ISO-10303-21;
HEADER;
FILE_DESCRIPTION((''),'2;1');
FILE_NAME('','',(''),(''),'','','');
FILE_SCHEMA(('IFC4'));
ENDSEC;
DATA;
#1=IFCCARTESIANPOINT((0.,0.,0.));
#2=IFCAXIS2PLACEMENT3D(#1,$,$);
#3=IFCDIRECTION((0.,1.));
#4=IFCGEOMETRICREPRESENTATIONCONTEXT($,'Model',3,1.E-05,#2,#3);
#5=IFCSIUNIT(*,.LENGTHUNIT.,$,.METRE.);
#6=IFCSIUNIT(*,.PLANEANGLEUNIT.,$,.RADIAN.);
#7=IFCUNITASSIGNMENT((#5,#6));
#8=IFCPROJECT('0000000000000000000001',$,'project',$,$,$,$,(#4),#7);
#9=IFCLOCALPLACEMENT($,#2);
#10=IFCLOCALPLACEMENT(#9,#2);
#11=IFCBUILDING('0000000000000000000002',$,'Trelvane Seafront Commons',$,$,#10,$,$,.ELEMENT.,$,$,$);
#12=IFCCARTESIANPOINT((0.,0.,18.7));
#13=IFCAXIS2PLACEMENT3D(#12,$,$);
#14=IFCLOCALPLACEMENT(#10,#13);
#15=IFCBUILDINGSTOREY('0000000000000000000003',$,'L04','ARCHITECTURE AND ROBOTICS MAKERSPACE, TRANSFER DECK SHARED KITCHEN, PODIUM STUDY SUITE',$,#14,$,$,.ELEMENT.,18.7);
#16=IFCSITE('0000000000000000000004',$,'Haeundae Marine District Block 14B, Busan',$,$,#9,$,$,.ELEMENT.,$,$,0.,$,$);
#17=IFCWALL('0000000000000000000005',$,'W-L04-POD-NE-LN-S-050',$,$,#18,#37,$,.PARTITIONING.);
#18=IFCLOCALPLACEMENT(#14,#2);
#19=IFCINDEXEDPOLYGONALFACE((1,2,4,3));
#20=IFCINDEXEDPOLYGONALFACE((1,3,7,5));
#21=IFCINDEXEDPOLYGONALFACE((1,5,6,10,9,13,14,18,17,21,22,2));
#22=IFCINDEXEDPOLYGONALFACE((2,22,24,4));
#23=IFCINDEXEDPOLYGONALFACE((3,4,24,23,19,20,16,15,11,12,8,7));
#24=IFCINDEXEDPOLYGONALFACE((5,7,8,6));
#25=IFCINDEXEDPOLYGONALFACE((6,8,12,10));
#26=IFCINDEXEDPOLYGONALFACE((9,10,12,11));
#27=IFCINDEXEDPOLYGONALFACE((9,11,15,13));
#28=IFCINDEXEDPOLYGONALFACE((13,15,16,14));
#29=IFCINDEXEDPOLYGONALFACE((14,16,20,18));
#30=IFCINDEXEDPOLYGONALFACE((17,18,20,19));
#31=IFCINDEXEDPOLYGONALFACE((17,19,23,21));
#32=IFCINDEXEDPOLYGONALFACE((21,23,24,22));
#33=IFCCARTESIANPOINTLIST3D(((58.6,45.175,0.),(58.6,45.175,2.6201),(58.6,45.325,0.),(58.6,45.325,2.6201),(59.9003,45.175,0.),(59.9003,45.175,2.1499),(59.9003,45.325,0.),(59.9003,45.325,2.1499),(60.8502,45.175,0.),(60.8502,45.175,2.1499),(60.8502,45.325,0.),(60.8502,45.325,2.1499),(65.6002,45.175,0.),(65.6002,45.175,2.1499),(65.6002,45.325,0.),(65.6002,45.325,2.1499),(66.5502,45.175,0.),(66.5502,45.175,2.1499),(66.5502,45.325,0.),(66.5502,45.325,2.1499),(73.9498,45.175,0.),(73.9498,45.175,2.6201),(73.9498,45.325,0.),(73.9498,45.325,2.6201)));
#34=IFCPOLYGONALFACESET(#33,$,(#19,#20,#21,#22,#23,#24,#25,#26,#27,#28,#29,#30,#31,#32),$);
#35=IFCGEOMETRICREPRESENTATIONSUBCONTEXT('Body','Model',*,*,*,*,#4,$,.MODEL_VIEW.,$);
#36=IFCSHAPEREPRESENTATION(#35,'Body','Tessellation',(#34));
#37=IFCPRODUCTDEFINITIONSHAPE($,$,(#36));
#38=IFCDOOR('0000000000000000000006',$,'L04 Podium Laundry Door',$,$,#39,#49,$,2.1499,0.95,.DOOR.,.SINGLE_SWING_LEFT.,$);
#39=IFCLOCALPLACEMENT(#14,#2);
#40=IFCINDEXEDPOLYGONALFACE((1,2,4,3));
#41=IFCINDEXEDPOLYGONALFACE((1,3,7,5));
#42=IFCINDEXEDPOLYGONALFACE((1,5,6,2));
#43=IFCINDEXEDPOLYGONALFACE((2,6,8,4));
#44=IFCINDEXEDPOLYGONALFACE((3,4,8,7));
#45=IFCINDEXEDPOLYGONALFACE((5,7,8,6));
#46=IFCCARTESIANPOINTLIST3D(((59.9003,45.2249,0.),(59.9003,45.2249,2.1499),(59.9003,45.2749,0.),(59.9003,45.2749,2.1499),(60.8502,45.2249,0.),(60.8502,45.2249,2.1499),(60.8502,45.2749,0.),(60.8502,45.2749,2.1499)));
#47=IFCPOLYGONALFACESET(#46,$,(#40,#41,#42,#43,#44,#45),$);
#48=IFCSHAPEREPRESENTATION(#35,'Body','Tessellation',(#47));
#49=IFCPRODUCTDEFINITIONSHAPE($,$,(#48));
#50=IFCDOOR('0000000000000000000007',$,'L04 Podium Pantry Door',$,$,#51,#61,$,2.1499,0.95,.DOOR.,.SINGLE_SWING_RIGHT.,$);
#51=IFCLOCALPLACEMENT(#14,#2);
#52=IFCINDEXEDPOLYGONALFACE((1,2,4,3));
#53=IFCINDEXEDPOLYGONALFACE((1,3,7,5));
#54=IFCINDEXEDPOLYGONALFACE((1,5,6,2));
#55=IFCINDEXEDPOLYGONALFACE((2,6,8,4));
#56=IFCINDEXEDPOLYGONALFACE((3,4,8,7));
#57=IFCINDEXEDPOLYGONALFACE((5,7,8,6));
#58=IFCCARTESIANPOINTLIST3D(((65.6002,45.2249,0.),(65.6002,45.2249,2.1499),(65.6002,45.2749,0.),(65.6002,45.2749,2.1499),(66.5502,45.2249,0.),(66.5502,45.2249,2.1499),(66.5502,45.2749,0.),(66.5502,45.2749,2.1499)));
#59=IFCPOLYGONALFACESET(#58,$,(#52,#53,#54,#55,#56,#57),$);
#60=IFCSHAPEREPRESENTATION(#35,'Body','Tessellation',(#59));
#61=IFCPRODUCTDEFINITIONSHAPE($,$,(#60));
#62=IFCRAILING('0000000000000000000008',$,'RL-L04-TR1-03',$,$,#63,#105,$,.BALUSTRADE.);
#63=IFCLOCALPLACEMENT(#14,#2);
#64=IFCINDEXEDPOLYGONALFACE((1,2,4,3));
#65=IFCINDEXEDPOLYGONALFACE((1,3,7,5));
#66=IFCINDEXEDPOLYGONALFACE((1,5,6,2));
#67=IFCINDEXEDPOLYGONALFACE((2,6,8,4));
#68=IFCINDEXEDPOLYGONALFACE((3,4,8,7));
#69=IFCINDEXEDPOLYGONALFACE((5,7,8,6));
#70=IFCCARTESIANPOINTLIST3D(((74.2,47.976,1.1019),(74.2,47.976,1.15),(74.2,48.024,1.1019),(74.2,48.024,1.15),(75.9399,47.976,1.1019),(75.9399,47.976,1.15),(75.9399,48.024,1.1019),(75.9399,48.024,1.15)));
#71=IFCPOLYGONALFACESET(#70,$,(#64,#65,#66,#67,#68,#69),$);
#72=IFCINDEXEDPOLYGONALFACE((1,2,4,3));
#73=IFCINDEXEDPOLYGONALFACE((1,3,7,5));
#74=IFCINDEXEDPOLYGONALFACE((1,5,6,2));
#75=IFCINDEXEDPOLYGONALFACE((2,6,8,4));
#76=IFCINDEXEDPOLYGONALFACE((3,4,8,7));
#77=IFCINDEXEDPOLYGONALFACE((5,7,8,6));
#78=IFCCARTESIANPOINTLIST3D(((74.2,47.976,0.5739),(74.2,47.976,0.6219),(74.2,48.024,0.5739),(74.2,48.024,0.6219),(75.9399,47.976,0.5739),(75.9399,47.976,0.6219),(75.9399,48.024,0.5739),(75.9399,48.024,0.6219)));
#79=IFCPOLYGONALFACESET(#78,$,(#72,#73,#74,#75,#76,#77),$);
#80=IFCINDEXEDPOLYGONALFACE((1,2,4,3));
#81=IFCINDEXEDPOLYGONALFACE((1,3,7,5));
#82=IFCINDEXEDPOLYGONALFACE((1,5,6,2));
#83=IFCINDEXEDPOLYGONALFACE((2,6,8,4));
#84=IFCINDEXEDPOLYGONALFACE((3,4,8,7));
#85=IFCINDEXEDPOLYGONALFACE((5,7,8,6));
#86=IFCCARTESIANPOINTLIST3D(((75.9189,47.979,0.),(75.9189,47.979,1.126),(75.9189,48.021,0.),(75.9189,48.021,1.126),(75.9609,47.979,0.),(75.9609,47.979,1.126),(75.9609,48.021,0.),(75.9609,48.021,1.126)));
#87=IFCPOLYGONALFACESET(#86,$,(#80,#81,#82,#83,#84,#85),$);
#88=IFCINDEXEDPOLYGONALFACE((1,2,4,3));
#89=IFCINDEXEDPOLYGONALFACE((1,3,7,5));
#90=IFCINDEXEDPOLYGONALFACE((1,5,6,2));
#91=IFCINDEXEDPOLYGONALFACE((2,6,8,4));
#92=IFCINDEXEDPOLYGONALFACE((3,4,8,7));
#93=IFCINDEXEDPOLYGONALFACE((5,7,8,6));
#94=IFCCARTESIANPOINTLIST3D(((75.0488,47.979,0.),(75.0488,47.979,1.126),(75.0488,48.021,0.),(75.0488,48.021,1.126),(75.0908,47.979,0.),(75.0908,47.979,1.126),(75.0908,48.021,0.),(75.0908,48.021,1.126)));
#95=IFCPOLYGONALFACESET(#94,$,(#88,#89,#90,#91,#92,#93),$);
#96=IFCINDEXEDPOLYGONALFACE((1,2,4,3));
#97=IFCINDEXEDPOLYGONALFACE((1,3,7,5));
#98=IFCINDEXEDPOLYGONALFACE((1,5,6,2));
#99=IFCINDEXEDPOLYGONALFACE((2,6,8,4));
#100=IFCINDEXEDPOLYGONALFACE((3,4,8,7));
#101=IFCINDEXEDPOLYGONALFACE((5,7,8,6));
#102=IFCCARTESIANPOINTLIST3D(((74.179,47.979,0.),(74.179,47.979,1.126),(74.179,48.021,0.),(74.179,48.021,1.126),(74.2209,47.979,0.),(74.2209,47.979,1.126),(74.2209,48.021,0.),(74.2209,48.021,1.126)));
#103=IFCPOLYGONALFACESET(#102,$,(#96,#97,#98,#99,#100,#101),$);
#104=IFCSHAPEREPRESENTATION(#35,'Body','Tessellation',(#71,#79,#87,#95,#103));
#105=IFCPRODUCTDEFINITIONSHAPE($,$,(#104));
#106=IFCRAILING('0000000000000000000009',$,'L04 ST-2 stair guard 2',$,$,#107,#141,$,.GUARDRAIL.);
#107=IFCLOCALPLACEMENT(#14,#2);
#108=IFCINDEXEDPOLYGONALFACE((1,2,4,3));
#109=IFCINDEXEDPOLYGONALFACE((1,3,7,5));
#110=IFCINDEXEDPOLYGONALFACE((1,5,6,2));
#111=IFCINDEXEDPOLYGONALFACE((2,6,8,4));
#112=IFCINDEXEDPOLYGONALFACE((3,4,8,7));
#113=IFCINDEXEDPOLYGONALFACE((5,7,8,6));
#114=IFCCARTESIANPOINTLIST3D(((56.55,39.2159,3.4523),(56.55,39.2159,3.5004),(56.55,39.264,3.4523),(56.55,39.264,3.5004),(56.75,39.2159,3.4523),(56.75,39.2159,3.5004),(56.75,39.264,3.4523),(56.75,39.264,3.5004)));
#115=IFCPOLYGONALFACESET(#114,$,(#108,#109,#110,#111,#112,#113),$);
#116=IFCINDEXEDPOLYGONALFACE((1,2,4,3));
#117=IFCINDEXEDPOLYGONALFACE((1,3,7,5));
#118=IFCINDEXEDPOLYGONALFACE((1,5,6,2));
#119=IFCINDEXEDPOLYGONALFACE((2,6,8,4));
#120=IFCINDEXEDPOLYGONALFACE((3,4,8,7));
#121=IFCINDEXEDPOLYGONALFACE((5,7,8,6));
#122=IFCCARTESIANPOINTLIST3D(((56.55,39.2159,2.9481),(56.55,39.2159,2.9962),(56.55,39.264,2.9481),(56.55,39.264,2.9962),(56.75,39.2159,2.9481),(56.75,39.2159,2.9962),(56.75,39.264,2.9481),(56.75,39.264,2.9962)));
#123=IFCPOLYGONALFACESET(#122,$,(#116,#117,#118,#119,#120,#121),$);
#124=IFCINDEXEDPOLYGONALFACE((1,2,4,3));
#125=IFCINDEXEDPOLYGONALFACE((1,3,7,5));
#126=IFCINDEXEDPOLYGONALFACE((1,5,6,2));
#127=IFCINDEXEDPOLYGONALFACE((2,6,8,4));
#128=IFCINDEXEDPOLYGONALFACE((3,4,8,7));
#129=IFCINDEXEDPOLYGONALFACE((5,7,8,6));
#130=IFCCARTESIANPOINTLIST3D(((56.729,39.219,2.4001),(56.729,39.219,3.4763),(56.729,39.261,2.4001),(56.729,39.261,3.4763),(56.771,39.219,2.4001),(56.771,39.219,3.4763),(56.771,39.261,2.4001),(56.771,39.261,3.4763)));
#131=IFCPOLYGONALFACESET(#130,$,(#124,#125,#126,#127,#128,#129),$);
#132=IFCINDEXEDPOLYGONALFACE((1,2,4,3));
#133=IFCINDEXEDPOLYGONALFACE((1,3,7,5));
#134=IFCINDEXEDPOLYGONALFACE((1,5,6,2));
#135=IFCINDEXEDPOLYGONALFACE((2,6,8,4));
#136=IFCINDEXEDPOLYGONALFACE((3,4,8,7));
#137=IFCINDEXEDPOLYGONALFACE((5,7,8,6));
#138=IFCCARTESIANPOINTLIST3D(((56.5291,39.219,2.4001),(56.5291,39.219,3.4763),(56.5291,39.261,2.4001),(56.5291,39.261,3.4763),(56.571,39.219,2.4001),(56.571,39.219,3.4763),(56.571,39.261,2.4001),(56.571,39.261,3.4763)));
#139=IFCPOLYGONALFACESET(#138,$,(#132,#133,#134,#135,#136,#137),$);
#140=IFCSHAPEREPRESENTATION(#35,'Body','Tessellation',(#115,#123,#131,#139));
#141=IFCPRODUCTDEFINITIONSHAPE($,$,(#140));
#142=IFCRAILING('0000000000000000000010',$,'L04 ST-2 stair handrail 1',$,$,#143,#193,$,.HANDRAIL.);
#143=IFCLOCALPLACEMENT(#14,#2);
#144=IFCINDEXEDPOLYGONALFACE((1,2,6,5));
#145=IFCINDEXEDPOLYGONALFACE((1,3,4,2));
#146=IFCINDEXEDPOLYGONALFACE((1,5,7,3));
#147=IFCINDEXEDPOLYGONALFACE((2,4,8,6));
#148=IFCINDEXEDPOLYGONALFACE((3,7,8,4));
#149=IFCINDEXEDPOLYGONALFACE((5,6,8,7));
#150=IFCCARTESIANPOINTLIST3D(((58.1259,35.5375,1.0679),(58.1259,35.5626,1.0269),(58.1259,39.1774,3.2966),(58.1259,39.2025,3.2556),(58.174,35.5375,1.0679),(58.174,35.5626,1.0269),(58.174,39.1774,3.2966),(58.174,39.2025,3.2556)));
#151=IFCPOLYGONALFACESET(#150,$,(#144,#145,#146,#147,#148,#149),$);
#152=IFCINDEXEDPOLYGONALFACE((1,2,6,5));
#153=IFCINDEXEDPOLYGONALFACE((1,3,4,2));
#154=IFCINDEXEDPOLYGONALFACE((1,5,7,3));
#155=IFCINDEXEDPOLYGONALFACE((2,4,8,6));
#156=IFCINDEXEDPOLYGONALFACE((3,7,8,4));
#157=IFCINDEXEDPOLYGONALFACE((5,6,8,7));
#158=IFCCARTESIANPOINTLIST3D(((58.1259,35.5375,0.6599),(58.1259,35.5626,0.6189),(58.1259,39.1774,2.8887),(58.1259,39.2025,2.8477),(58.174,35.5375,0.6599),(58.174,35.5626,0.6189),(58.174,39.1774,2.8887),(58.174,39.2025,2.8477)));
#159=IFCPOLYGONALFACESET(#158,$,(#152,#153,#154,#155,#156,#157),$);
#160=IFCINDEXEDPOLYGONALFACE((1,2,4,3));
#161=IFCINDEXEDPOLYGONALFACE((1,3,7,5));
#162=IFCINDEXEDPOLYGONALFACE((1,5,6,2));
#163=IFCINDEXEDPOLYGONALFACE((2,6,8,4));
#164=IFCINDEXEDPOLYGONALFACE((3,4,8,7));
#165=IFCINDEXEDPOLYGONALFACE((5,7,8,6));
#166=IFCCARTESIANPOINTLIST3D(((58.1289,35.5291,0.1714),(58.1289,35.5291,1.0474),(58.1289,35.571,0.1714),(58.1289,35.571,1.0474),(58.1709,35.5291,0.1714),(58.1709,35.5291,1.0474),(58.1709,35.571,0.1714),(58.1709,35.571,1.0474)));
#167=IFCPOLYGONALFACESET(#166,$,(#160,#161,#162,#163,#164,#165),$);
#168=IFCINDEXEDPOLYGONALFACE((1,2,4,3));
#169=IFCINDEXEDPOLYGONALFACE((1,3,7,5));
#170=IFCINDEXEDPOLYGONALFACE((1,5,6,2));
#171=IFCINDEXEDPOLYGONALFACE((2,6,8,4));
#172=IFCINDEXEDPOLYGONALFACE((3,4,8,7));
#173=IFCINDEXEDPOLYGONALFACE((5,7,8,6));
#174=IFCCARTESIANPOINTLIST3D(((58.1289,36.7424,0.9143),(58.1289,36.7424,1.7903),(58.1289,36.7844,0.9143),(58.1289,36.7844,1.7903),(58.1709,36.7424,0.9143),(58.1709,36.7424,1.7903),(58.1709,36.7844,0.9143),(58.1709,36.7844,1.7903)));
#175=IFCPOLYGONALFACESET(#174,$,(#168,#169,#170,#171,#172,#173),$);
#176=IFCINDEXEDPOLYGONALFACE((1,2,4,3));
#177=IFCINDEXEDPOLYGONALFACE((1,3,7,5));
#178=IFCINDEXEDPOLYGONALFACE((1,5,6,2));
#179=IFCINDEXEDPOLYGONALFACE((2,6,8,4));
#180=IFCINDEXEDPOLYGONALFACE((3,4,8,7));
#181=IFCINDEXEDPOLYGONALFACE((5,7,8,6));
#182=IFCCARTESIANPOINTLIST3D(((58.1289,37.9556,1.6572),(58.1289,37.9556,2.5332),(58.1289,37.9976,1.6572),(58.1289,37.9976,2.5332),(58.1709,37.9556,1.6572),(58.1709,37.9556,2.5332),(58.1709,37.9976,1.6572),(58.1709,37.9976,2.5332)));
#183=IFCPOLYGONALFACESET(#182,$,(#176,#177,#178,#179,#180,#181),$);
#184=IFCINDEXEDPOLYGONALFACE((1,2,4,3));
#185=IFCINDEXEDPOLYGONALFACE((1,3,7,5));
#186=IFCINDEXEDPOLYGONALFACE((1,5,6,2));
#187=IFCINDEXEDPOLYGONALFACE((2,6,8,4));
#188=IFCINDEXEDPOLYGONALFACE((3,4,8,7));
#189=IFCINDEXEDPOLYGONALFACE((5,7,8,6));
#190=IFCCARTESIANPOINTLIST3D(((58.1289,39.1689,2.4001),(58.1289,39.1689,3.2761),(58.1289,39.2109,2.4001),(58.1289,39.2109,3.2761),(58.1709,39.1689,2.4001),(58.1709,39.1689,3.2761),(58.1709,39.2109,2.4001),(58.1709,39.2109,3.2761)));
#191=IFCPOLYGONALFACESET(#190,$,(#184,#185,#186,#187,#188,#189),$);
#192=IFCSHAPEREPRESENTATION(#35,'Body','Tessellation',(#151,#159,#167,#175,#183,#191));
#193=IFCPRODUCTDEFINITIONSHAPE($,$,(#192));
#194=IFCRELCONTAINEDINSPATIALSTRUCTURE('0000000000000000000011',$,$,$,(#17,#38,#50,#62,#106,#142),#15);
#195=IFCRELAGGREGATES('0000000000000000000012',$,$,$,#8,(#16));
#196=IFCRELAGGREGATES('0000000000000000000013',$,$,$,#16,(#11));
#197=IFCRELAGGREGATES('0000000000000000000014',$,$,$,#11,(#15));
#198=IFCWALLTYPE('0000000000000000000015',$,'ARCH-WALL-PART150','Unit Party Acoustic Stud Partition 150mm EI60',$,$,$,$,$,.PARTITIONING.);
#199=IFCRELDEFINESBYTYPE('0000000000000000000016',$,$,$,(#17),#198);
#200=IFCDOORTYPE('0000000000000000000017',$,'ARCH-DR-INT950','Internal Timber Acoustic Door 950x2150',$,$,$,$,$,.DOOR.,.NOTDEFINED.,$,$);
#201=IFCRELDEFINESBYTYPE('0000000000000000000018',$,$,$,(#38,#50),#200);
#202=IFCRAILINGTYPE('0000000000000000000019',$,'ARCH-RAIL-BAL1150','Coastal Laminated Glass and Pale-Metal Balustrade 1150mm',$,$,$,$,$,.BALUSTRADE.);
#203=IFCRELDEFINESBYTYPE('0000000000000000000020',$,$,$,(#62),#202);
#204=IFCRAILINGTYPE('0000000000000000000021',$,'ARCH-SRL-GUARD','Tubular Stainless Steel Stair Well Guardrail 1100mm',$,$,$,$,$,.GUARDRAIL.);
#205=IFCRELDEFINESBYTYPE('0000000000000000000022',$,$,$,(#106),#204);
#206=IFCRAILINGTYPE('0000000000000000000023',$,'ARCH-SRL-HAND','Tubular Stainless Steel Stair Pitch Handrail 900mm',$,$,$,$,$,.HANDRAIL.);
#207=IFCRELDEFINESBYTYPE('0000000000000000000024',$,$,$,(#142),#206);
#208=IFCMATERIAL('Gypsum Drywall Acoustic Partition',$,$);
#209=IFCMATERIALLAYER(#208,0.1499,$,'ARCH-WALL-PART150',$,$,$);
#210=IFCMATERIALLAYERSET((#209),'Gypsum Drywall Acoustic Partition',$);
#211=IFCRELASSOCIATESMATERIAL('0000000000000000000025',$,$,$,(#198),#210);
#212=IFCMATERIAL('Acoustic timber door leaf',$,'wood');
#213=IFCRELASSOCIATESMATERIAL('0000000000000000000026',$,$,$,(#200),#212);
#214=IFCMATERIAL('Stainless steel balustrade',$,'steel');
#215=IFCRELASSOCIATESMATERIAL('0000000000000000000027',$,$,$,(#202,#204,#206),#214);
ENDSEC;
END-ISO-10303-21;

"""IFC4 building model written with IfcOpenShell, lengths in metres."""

from ifc_helpers import new_model, si_unit, direction, frame, frame_2d, origin, origin_2d, place, context, subcontext, project, spatial, rectangle, extrude, source, transform, mapped, material, layer, layer_set, type_object, element, fill, save


model = new_model("IFC4")

# Units and contexts
model_context = context("Model", 3, precision=1e-05, world=origin(), true_north=direction((0.0, 1.0)))
body_context = subcontext(model_context, "Body", "Model", "MODEL_VIEW")
ifc_project = project(units=[si_unit("LENGTHUNIT", "METRE"), si_unit("PLANEANGLEUNIT", "RADIAN")], contexts=[model_context])

# Site, building, storey
site_placement = place(None, origin())
site = spatial("IfcSite", under=ifc_project, at=site_placement, Name="Haeundae Marine District Block 14B, Busan", CompositionType="ELEMENT", RefElevation=0.0)
building_placement = place(site_placement, origin())
building = spatial("IfcBuilding", under=site, at=building_placement, Name="Trelvane Seafront Commons", CompositionType="ELEMENT")
storey_placement = place(building_placement, frame((0.0, 0.0, 18.7)))
storey = spatial("IfcBuildingStorey", under=building, at=storey_placement, Name="L04", Description="ARCHITECTURE AND ROBOTICS MAKERSPACE, TRANSFER DECK SHARED KITCHEN, PODIUM STUDY SUITE", CompositionType="ELEMENT", Elevation=18.7)

# Shared definitions
ifc_material_1 = material(Name="Gypsum Drywall Acoustic Partition")

# Wall, openings, doors
ifc_layer_1 = layer(ifc_material_1, 0.1499, Name="ARCH-WALL-PART150")
ifc_layer_set_1 = layer_set([ifc_layer_1], Name="Gypsum Drywall Acoustic Partition")
wall_type_1 = type_object("IfcWallType", Name="ARCH-WALL-PART150", Description="Unit Party Acoustic Stud Partition 150mm EI60", PredefinedType="PARTITIONING", material=ifc_layer_set_1)
wall_1_placement = place(storey_placement, frame((58.6001, 45.25, 0.0), z_axis=(0.0, 0.0, 1.0), x_axis=(1.0, 0.0, 0.0)))
wall_1 = element("IfcWall", 1, at=wall_1_placement, inside=storey, type_object=wall_type_1, Name="W-L04-POD-NE-LN-S-050", PredefinedType="PARTITIONING", context=body_context, shape_type="SweptSolid", body=[
    extrude(rectangle(XDim=15.3499, YDim=0.1499, at=frame_2d((7.6748, 0.0))), origin(), (0.0, 0.0, 1.0), 2.6201),
])
opening_1_placement = place(wall_1_placement, frame((1.3, 0.0, 0.0)))
opening_1 = element("IfcOpeningElement", 2, at=opening_1_placement, cuts=wall_1, PredefinedType="OPENING", context=body_context, shape_type="SweptSolid", body=[
    extrude(rectangle(XDim=0.95, YDim=2.1499, at=frame_2d((0.4751, 1.075))), frame((0.0, 0.085, 0.0), z_axis=(0.0, -1.0, 0.0), x_axis=(1.0, 0.0, 0.0)), (0.0, 0.0, 1.0), 0.1699),
])
opening_2_placement = place(wall_1_placement, frame((7.0, 0.0, 0.0)))
opening_2 = element("IfcOpeningElement", 3, at=opening_2_placement, cuts=wall_1, PredefinedType="OPENING", context=body_context, shape_type="SweptSolid", body=[
    extrude(rectangle(XDim=0.95, YDim=2.1499, at=frame_2d((0.4751, 1.075))), frame((0.0, 0.085, 0.0), z_axis=(0.0, -1.0, 0.0), x_axis=(1.0, 0.0, 0.0)), (0.0, 0.0, 1.0), 0.1699),
])
ifc_material_2 = material(Name="Acoustic timber door leaf", Category="wood")
door_type_1 = type_object("IfcDoorType", Name="ARCH-DR-INT950", Description="Internal Timber Acoustic Door 950x2150", OperationType="NOTDEFINED", PredefinedType="DOOR", material=ifc_material_2)
shared_shape_1 = source(origin(), body_context, "Body", "SweptSolid", [
    extrude(rectangle(XDim=0.95, YDim=2.1499, at=frame_2d((0.4751, 1.075))), frame((0.0, 0.0249, 0.0), z_axis=(0.0, -1.0, 0.0), x_axis=(1.0, 0.0, 0.0)), (0.0, 0.0, 1.0), 0.05),
])
door_1_placement = place(opening_1_placement, origin())
door_1 = element("IfcDoor", 4, at=door_1_placement, inside=storey, type_object=door_type_1, Name="L04 Podium Laundry Door", OperationType="SINGLE_SWING_LEFT", OverallHeight=2.1499, OverallWidth=0.95, PredefinedType="DOOR", context=body_context, shape_type="MappedRepresentation", body=[
    mapped(shared_shape_1, transform((0.0, 0.0, 0.0), x_axis=(1.0, 0.0, 0.0), y_axis=(0.0, 1.0, 0.0), z_axis=(0.0, 0.0, 1.0), scale=1.0)),
])
fill(opening_1, door_1)
door_2_placement = place(opening_2_placement, origin())
door_2 = element("IfcDoor", 5, at=door_2_placement, inside=storey, type_object=door_type_1, Name="L04 Podium Pantry Door", OperationType="SINGLE_SWING_RIGHT", OverallHeight=2.1499, OverallWidth=0.95, PredefinedType="DOOR", context=body_context, shape_type="MappedRepresentation", body=[
    mapped(shared_shape_1, transform((0.0, 0.0, 0.0), x_axis=(1.0, 0.0, 0.0), y_axis=(0.0, 1.0, 0.0), z_axis=(0.0, 0.0, 1.0), scale=1.0)),
])
fill(opening_2, door_2)

# Railings
ifc_material_3 = material(Name="Stainless steel balustrade", Category="steel")
railing_type_1 = type_object("IfcRailingType", Name="ARCH-RAIL-BAL1150", Description="Coastal Laminated Glass and Pale-Metal Balustrade 1150mm", PredefinedType="BALUSTRADE", material=ifc_material_3)
railing_1_placement = place(storey_placement, frame((75.9399, 48.0, 0.0)))
element("IfcRailing", 6, at=railing_1_placement, inside=storey, type_object=railing_type_1, Name="RL-L04-TR1-03", PredefinedType="BALUSTRADE", context=body_context, shape_type="SweptSolid", body=[
    extrude(rectangle(XDim=0.0481, YDim=0.0481, at=origin_2d()), frame((0.0, 0.0, 1.126), z_axis=(-1.0, 0.0, 0.0), x_axis=(0.0, -1.0, 0.0)), (0.0, 0.0, 1.0), 1.74),
    extrude(rectangle(XDim=0.0481, YDim=0.0481, at=origin_2d()), frame((0.0, 0.0, 0.5979), z_axis=(-1.0, 0.0, 0.0), x_axis=(0.0, -1.0, 0.0)), (0.0, 0.0, 1.0), 1.74),
    extrude(rectangle(XDim=0.042, YDim=0.042, at=origin_2d()), origin(), (0.0, 0.0, 1.0), 1.126),
    extrude(rectangle(XDim=0.042, YDim=0.042, at=origin_2d()), frame((-0.8701, 0.0, 0.0)), (0.0, 0.0, 1.0), 1.126),
    extrude(rectangle(XDim=0.042, YDim=0.042, at=origin_2d()), frame((-1.74, 0.0, 0.0)), (0.0, 0.0, 1.0), 1.126),
])
railing_type_2 = type_object("IfcRailingType", Name="ARCH-SRL-GUARD", Description="Tubular Stainless Steel Stair Well Guardrail 1100mm", PredefinedType="GUARDRAIL", material=ifc_material_3)
railing_2_placement = place(storey_placement, frame((56.75, 39.24, 2.4001)))
element("IfcRailing", 7, at=railing_2_placement, inside=storey, type_object=railing_type_2, Name="L04 ST-2 stair guard 2", PredefinedType="GUARDRAIL", context=body_context, shape_type="SweptSolid", body=[
    extrude(rectangle(XDim=0.0481, YDim=0.0481, at=origin_2d()), frame((0.0, 0.0, 1.0762), z_axis=(-1.0, 0.0, 0.0), x_axis=(0.0, -1.0, 0.0)), (0.0, 0.0, 1.0), 0.2),
    extrude(rectangle(XDim=0.0481, YDim=0.0481, at=origin_2d()), frame((0.0, 0.0, 0.572), z_axis=(-1.0, 0.0, 0.0), x_axis=(0.0, -1.0, 0.0)), (0.0, 0.0, 1.0), 0.2),
    extrude(rectangle(XDim=0.042, YDim=0.042, at=origin_2d()), origin(), (0.0, 0.0, 1.0), 1.0762),
    extrude(rectangle(XDim=0.042, YDim=0.042, at=origin_2d()), frame((-0.2, 0.0, 0.0)), (0.0, 0.0, 1.0), 1.0762),
])
railing_type_3 = type_object("IfcRailingType", Name="ARCH-SRL-HAND", Description="Tubular Stainless Steel Stair Pitch Handrail 900mm", PredefinedType="HANDRAIL", material=ifc_material_3)
railing_3_placement = place(storey_placement, frame((58.1499, 35.55, 0.1714)))
element("IfcRailing", 8, at=railing_3_placement, inside=storey, type_object=railing_type_3, Name="L04 ST-2 stair handrail 1", PredefinedType="HANDRAIL", context=body_context, shape_type="SweptSolid", body=[
    extrude(rectangle(XDim=0.0481, YDim=0.0481, at=origin_2d()), frame((0.0, 0.0, 0.876), z_axis=(0.0, 0.852825, 0.522197), x_axis=(-1.0, 0.0, 0.0)), (0.0, 0.0, 1.0), 4.2681),
    extrude(rectangle(XDim=0.0481, YDim=0.0481, at=origin_2d()), frame((0.0, 0.0, 0.468), z_axis=(0.0, 0.852825, 0.522197), x_axis=(-1.0, 0.0, 0.0)), (0.0, 0.0, 1.0), 4.2681),
    extrude(rectangle(XDim=0.042, YDim=0.042, at=origin_2d()), origin(), (0.0, 0.0, 1.0), 0.876),
    extrude(rectangle(XDim=0.042, YDim=0.042, at=origin_2d()), frame((0.0, 1.2134, 0.7429)), (0.0, 0.0, 1.0), 0.876),
    extrude(rectangle(XDim=0.042, YDim=0.042, at=origin_2d()), frame((0.0, 2.4265, 1.4858)), (0.0, 0.0, 1.0), 0.876),
    extrude(rectangle(XDim=0.042, YDim=0.042, at=origin_2d()), frame((0.0, 3.6399, 2.2288)), (0.0, 0.0, 1.0), 0.876),
])

save(model, "model.ifc")
